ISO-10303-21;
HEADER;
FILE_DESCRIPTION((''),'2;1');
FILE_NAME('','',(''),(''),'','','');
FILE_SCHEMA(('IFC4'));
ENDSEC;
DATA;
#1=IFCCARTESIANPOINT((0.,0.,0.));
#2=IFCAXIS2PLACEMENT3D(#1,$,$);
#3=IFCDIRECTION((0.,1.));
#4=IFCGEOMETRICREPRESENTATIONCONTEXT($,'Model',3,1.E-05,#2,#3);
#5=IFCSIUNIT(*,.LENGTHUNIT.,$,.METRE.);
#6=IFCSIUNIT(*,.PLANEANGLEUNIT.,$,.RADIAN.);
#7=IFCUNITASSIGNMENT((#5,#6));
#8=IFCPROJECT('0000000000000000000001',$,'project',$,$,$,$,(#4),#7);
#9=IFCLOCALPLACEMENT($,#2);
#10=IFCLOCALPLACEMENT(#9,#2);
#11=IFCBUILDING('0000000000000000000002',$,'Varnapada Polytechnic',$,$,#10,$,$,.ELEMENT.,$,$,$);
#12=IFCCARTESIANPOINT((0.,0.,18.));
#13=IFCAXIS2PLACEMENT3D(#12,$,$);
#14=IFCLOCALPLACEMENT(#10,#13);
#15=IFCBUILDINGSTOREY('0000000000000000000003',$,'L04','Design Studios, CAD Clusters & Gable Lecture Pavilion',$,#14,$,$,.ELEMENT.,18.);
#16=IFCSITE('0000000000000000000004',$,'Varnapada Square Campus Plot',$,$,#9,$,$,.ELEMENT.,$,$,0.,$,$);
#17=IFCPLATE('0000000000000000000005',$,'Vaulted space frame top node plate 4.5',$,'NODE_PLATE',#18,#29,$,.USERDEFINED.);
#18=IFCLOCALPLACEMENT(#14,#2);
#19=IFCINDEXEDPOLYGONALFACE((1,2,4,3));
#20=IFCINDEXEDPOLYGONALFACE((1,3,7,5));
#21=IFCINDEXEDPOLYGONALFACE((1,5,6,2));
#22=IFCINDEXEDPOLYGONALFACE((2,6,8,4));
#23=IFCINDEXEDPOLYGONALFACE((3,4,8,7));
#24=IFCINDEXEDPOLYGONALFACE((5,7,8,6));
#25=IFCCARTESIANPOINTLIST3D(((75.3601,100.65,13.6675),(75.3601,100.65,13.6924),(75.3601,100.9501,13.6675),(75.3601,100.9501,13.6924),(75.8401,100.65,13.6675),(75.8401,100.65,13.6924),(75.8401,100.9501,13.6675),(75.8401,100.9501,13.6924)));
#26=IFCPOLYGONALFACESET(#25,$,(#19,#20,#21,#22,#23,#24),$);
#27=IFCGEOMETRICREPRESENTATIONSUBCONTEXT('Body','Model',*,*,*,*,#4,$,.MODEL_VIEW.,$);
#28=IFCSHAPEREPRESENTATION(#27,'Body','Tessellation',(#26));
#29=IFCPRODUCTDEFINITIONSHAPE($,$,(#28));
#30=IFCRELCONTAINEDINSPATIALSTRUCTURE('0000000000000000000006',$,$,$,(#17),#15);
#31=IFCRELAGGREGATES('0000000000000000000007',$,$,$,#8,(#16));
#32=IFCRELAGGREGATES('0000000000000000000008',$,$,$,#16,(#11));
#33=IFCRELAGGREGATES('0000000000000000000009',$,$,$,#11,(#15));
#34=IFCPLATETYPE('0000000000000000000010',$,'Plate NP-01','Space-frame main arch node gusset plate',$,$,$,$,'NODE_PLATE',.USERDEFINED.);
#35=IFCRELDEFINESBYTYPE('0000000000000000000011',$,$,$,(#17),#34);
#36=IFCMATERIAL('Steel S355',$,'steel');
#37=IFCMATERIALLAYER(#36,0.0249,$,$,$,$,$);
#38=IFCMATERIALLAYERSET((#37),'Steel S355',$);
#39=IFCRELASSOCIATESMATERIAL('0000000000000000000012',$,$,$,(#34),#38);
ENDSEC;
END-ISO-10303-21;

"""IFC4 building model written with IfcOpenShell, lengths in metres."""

from ifc_helpers import new_model, si_unit, direction, frame, origin, origin_2d, place, context, subcontext, project, spatial, rectangle, extrude, material, layer, layer_set, type_object, element, save


model = new_model("IFC4")

# Units and contexts
model_context = context("Model", 3, precision=1e-05, world=origin(), true_north=direction((0.0, 1.0)))
body_context = subcontext(model_context, "Body", "Model", "MODEL_VIEW")
ifc_project = project(units=[si_unit("LENGTHUNIT", "METRE"), si_unit("PLANEANGLEUNIT", "RADIAN")], contexts=[model_context])

# Site, building, storey
site_placement = place(None, origin())
site = spatial("IfcSite", under=ifc_project, at=site_placement, Name="Varnapada Square Campus Plot", CompositionType="ELEMENT", RefElevation=0.0)
building_placement = place(site_placement, origin())
building = spatial("IfcBuilding", under=site, at=building_placement, Name="Varnapada Polytechnic", CompositionType="ELEMENT")
storey_placement = place(building_placement, frame((0.0, 0.0, 18.0)))
storey = spatial("IfcBuildingStorey", under=building, at=storey_placement, Name="L04", Description="Design Studios, CAD Clusters & Gable Lecture Pavilion", CompositionType="ELEMENT", Elevation=18.0)

# Shared definitions
ifc_material = material(Name="Steel S355", Category="steel")

# Plate
ifc_layer = layer(ifc_material, 0.0249)
ifc_layer_set = layer_set([ifc_layer], Name="Steel S355")
plate_type = type_object("IfcPlateType", Name="Plate NP-01", Description="Space-frame main arch node gusset plate", ElementType="NODE_PLATE", PredefinedType="USERDEFINED", material=ifc_layer_set)
for number, where, z_axis, x_axis, name in (
    (1, (75.6001, 100.8, 13.6675), (0.0, 0.0, 1.0), (1.0, 0.0, 0.0), "Vaulted space frame top node plate 4.5"),
):
    element("IfcPlate", number, at=place(storey_placement, frame(where, z_axis=z_axis, x_axis=x_axis)), inside=storey, type_object=plate_type, Name=name, ObjectType="NODE_PLATE", PredefinedType="USERDEFINED", context=body_context, shape_type="SweptSolid", body=[
        extrude(rectangle(XDim=0.48, YDim=0.3, at=origin_2d()), origin(), (0.0, 0.0, 1.0), 0.0249),
    ])

save(model, "model.ifc")
